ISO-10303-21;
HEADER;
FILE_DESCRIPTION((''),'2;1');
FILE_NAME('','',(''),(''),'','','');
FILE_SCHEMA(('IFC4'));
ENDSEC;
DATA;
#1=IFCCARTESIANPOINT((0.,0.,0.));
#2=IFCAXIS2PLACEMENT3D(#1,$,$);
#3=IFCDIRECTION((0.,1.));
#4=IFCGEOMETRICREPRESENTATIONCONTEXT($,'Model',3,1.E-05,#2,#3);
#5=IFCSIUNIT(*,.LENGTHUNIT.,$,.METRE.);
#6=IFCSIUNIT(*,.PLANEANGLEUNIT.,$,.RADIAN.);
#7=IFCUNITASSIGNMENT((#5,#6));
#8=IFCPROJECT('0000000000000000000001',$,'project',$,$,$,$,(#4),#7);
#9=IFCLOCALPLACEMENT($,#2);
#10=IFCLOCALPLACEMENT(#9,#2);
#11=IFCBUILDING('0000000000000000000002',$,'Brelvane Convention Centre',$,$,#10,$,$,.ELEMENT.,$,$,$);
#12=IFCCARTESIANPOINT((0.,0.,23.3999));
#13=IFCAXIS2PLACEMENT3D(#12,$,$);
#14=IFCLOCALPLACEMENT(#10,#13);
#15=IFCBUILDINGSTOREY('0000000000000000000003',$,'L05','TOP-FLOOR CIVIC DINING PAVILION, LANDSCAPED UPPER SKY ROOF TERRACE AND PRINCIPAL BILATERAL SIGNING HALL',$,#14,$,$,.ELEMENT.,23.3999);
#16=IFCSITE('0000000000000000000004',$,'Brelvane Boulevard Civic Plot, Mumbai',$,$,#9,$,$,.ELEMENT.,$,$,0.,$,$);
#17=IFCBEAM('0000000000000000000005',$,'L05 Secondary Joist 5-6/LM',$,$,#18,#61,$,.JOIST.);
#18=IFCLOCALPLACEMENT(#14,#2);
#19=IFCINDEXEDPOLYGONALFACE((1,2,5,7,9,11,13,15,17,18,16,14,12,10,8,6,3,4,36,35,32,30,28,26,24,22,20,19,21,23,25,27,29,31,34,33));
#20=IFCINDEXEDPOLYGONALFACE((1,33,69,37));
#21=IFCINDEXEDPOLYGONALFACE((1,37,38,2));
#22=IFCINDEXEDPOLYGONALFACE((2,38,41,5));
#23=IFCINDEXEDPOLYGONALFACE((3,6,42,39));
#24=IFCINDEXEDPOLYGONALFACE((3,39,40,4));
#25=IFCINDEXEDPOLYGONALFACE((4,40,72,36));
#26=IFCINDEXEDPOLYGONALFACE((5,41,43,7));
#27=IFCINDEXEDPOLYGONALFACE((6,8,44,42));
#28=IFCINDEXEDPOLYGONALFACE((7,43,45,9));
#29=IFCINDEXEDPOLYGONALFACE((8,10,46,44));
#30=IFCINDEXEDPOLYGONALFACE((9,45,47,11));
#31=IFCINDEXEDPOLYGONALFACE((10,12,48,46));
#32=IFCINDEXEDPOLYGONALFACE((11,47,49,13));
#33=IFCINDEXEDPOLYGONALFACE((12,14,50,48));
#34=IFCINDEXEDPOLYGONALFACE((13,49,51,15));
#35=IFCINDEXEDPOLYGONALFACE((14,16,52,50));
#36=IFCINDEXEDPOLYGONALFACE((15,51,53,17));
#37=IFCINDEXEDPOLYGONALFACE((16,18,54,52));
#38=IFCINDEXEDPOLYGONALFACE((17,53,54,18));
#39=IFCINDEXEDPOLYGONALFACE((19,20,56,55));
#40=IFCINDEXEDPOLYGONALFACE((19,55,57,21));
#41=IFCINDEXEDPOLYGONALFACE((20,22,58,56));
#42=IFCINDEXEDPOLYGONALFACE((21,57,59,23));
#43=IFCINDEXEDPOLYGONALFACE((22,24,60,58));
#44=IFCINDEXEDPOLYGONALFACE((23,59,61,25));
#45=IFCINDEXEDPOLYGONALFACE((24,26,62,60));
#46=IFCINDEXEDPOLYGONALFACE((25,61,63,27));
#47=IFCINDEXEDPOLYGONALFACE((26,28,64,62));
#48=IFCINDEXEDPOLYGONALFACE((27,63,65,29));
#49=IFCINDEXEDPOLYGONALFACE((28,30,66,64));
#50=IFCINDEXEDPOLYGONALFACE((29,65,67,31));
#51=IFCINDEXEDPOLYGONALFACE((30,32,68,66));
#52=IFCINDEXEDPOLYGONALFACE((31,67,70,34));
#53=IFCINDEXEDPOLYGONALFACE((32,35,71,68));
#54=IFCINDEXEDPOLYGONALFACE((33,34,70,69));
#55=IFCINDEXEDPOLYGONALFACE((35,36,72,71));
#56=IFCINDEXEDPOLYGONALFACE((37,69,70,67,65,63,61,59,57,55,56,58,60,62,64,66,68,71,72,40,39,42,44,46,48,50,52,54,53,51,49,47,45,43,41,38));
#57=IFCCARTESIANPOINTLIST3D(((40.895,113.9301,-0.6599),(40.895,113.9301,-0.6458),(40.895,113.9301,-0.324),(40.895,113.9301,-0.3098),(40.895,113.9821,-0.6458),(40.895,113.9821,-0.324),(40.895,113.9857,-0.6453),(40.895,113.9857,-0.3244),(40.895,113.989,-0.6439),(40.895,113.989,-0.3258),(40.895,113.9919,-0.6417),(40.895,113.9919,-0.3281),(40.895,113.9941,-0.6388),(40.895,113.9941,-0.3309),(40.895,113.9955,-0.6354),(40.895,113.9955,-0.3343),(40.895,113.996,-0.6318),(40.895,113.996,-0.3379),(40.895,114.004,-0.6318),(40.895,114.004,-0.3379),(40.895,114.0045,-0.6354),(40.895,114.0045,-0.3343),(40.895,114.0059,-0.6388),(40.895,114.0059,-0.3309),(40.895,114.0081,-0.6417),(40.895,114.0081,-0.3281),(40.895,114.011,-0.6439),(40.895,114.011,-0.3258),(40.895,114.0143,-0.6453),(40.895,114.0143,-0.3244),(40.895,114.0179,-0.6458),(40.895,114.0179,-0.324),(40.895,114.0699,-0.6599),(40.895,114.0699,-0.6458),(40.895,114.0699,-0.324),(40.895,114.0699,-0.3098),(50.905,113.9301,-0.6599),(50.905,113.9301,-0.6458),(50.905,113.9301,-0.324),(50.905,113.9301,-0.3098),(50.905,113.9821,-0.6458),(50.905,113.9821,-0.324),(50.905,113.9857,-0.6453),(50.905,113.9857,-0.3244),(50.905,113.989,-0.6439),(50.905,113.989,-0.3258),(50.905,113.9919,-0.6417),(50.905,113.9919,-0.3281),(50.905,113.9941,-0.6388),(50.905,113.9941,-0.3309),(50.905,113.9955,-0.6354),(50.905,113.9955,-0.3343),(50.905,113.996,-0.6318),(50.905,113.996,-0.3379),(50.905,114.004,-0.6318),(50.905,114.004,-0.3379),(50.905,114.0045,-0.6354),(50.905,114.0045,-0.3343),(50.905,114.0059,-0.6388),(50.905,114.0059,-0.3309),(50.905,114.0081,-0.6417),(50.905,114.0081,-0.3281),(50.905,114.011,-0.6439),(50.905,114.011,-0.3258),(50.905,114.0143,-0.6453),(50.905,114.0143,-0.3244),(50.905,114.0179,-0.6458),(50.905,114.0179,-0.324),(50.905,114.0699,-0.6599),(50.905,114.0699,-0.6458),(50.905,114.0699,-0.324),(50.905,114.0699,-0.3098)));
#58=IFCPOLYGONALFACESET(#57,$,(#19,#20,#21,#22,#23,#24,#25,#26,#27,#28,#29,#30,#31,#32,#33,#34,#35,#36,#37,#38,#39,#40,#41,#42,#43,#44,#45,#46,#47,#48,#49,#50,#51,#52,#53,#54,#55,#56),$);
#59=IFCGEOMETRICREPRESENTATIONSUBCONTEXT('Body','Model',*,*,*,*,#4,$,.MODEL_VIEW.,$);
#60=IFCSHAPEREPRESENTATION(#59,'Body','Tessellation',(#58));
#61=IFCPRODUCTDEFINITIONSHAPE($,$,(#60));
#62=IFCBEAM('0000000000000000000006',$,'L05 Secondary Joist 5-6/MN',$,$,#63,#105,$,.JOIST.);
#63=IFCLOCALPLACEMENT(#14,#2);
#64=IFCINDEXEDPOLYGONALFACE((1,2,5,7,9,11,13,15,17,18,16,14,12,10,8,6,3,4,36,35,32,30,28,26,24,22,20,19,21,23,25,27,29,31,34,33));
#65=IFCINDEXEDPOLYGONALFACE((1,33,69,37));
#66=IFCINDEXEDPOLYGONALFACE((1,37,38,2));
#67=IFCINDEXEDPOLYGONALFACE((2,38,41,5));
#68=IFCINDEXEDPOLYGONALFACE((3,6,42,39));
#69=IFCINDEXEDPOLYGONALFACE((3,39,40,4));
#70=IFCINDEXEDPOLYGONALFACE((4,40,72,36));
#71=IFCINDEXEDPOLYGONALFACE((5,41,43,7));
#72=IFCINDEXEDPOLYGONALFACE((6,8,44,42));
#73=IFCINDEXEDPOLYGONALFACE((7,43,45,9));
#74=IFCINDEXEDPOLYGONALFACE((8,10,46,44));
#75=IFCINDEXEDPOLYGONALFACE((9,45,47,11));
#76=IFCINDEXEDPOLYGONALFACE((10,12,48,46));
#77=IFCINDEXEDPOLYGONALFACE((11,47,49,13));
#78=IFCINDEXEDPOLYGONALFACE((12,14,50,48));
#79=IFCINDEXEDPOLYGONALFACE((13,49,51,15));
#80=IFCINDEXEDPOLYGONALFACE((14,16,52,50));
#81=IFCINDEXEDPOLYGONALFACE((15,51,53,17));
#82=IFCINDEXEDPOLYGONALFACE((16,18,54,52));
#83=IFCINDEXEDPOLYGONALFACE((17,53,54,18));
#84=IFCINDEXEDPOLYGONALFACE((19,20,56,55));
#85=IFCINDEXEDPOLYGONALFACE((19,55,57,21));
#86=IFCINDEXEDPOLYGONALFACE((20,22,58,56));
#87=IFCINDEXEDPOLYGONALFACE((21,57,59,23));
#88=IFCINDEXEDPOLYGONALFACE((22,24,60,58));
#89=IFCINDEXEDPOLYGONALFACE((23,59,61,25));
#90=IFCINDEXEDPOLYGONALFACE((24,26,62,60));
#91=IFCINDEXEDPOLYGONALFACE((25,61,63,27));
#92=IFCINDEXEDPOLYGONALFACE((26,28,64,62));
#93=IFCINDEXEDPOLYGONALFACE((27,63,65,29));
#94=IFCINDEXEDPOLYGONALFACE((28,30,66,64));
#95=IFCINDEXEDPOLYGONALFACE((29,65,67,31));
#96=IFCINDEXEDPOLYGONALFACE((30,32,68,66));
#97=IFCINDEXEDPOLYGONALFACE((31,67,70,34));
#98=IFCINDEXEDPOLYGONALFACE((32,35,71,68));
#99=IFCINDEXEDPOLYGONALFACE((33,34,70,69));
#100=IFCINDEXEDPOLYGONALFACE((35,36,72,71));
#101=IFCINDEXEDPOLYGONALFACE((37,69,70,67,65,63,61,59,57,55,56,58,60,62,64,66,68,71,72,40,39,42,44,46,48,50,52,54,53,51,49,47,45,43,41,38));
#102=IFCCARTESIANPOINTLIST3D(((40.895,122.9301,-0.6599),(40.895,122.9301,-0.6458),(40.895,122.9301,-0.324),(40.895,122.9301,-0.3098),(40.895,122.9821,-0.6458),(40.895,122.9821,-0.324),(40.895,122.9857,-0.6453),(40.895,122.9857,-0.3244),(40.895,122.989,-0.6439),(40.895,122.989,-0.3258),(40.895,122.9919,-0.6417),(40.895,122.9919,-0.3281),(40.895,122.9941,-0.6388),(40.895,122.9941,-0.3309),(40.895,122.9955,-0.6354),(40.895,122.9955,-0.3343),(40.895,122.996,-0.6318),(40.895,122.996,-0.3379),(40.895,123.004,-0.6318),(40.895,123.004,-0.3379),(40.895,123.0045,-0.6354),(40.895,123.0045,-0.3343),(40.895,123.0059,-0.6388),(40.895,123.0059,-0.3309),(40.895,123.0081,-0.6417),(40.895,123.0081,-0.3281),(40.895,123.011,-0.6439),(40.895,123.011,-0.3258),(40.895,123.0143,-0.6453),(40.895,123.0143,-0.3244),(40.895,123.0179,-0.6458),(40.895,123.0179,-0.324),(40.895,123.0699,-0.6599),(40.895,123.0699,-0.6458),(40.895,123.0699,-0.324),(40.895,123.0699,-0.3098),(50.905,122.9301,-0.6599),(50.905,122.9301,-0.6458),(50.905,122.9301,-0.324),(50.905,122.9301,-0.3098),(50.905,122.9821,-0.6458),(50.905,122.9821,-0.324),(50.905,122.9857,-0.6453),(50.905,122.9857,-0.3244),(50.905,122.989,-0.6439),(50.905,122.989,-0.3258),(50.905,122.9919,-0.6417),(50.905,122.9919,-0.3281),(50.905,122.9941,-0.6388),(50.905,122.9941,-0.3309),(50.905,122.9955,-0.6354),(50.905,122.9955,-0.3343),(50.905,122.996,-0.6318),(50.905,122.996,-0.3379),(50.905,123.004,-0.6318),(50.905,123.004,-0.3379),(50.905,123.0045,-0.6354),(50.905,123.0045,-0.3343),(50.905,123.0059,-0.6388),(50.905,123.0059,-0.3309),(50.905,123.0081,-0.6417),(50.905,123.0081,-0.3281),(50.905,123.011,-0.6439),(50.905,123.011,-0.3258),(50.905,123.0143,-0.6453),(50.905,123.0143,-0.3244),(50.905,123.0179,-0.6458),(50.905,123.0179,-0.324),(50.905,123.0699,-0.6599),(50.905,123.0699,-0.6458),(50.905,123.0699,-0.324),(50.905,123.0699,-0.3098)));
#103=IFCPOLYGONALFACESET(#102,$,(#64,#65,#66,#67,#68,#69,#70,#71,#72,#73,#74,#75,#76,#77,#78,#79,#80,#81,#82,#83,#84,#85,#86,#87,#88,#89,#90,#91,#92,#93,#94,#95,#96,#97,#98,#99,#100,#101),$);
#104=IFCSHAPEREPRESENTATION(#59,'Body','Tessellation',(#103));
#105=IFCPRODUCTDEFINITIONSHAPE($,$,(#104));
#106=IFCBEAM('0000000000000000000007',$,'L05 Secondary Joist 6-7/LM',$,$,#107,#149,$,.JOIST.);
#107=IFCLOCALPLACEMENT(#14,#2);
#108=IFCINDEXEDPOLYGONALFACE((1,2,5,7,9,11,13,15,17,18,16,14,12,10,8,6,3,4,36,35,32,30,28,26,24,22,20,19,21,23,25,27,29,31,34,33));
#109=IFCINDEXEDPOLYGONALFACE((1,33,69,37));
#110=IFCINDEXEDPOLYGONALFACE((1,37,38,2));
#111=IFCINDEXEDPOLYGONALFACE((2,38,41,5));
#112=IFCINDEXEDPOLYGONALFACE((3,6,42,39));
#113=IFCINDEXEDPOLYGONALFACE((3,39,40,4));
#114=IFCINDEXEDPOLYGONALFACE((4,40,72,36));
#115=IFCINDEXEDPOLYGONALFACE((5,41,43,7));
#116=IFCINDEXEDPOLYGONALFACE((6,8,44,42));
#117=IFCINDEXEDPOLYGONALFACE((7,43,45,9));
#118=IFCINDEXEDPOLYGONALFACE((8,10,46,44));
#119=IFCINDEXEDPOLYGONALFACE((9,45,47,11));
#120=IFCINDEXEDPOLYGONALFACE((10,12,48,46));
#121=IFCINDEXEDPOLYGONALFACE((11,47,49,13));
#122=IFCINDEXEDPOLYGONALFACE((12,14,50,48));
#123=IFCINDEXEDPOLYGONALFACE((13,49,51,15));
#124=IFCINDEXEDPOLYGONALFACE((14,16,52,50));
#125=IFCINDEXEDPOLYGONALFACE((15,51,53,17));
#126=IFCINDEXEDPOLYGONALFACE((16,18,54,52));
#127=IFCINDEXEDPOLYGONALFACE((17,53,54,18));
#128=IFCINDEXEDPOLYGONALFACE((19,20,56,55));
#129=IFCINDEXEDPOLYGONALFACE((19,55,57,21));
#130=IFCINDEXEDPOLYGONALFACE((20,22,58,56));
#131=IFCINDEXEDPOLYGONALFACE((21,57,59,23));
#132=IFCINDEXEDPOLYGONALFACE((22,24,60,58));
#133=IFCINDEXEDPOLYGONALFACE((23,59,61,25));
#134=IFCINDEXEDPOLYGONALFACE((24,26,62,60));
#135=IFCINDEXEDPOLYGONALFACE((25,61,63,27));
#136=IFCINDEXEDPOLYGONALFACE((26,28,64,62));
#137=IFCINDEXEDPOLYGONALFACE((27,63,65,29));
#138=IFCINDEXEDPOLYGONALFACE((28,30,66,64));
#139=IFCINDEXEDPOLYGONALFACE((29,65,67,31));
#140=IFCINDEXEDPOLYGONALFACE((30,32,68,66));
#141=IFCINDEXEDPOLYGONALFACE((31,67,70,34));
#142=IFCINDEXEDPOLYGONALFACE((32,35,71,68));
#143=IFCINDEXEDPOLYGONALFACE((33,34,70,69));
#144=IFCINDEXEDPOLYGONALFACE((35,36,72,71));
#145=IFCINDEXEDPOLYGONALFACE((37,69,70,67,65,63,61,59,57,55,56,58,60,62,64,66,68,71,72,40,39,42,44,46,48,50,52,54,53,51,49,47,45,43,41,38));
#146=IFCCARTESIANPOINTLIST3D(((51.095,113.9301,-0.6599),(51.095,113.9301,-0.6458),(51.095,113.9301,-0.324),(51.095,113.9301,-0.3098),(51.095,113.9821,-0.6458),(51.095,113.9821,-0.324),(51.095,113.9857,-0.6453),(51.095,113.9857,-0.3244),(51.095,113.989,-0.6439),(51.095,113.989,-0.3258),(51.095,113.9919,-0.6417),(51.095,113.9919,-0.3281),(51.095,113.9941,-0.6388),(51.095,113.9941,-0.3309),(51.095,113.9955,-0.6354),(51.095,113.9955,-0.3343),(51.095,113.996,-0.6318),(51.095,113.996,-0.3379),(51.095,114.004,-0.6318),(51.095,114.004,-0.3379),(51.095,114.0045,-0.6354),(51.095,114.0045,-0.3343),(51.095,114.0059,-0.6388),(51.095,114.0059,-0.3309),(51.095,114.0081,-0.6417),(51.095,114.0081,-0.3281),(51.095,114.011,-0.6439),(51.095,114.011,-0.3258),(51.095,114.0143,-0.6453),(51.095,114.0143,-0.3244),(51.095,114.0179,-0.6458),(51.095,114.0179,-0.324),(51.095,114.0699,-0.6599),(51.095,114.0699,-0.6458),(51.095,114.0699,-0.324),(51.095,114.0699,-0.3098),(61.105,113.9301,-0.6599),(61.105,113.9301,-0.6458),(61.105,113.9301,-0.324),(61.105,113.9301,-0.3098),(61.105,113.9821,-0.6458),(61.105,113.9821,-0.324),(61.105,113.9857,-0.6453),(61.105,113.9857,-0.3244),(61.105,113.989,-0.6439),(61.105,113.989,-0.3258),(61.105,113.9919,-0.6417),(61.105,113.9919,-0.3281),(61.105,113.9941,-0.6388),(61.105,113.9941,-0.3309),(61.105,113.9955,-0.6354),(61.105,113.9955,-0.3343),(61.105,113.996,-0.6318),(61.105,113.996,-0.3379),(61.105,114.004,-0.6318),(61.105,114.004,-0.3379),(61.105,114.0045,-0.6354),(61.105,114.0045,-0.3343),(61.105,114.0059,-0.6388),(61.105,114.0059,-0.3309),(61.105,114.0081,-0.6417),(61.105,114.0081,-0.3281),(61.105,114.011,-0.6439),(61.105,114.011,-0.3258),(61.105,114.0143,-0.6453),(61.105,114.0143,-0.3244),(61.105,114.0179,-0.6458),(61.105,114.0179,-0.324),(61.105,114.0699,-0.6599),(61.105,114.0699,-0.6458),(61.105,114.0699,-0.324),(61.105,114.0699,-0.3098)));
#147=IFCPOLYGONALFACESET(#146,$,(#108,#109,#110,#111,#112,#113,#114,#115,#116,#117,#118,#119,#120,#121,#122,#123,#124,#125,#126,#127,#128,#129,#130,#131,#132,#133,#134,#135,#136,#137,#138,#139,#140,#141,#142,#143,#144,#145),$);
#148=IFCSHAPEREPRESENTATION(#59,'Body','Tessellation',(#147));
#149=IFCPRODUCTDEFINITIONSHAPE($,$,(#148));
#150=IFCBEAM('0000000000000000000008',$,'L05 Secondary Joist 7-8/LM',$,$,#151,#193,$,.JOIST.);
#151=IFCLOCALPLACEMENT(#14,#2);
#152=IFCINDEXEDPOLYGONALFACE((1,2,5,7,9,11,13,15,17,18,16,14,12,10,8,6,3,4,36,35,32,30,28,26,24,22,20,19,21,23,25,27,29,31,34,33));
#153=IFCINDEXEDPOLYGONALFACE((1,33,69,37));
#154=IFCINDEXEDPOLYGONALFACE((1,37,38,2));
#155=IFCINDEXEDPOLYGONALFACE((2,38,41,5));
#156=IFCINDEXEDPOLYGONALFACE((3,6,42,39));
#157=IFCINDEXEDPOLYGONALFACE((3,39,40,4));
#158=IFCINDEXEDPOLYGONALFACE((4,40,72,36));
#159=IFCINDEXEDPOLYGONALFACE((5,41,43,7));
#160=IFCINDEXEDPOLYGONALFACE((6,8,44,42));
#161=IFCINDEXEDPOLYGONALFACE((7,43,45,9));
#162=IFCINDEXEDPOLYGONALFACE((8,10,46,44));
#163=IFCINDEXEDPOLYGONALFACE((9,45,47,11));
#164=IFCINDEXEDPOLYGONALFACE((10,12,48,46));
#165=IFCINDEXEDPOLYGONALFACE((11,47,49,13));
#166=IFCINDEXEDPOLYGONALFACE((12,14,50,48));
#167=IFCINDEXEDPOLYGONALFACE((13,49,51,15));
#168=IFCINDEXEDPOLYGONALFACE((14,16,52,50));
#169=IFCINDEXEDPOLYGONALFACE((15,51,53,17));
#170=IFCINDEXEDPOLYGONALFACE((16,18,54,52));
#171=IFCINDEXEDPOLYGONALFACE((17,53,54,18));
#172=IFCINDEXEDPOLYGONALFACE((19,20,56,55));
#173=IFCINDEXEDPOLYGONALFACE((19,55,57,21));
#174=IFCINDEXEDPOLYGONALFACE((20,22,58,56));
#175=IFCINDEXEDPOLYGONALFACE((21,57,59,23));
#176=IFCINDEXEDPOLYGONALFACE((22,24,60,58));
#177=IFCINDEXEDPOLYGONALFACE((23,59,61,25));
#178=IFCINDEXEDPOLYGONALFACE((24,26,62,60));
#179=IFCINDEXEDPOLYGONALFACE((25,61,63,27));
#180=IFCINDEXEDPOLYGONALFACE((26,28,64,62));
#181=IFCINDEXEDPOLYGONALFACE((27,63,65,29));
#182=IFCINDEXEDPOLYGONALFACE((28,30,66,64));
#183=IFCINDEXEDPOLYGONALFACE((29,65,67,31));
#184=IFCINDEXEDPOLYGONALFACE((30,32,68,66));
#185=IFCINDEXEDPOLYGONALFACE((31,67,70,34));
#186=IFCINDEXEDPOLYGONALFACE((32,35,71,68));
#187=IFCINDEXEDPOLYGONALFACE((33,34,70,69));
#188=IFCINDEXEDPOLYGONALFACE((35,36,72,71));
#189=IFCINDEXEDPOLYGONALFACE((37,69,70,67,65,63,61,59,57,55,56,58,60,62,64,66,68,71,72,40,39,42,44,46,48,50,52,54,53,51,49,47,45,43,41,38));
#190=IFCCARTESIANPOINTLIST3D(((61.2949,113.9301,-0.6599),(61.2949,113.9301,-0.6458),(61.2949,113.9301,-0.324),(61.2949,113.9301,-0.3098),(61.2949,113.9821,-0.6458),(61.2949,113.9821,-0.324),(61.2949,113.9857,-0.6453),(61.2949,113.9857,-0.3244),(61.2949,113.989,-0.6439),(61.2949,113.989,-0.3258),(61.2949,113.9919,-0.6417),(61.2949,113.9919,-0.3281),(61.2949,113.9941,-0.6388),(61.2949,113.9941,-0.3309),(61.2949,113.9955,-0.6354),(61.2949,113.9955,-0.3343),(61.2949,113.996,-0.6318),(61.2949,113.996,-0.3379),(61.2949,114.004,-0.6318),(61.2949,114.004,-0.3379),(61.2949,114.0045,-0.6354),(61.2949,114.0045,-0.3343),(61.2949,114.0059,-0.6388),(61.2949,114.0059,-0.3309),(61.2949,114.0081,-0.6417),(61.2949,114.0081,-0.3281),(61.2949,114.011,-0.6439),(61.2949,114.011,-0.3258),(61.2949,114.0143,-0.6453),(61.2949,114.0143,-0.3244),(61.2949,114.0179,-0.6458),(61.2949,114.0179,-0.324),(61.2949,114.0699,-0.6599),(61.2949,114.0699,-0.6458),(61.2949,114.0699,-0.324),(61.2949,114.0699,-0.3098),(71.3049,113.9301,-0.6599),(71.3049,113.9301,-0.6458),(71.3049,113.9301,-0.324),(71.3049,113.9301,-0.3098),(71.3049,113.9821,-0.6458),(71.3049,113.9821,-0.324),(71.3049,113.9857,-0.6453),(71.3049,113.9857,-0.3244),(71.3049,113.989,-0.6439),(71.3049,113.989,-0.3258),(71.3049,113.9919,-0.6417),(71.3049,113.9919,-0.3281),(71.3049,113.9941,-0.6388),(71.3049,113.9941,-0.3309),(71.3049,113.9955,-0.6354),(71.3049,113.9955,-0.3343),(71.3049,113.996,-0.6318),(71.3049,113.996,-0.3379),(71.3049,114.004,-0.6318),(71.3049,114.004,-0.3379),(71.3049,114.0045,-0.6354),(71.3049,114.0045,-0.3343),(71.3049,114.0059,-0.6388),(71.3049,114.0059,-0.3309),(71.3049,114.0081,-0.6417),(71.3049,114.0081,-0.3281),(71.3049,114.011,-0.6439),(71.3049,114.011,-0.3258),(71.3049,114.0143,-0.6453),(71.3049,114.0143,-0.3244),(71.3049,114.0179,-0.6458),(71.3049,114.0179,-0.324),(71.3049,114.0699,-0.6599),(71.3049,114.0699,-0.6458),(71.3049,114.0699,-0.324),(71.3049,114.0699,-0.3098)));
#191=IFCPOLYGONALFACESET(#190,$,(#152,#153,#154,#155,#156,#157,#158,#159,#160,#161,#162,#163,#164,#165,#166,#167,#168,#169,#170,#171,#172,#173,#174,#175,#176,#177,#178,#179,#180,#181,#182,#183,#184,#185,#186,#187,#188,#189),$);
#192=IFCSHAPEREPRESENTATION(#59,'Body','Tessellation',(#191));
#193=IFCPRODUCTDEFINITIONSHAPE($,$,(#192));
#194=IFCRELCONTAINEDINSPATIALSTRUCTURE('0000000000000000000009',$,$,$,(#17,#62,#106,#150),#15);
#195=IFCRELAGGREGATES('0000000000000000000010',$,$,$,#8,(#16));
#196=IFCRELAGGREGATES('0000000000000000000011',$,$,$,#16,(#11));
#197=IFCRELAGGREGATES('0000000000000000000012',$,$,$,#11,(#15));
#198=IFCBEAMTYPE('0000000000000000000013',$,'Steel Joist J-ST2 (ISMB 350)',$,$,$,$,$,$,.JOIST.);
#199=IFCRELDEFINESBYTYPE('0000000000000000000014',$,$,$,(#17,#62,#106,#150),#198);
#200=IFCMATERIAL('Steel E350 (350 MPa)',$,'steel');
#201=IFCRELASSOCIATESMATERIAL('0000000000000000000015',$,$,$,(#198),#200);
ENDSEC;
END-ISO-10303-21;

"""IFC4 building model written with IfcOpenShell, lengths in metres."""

from ifc_helpers import new_model, si_unit, direction, frame, origin, origin_2d, place, context, subcontext, project, spatial, i_section, extrude, material, material_profile, profile_set, type_object, element, save


model = new_model("IFC4")

# Units and contexts
model_context = context("Model", 3, precision=1e-05, world=origin(), true_north=direction((0.0, 1.0)))
body_context = subcontext(model_context, "Body", "Model", "MODEL_VIEW")
ifc_project = project(units=[si_unit("LENGTHUNIT", "METRE"), si_unit("PLANEANGLEUNIT", "RADIAN")], contexts=[model_context])

# Site, building, storey
site_placement = place(None, origin())
site = spatial("IfcSite", under=ifc_project, at=site_placement, Name="Brelvane Boulevard Civic Plot, Mumbai", CompositionType="ELEMENT", RefElevation=0.0)
building_placement = place(site_placement, origin())
building = spatial("IfcBuilding", under=site, at=building_placement, Name="Brelvane Convention Centre", CompositionType="ELEMENT")
storey_placement = place(building_placement, frame((0.0, 0.0, 23.3999)))
storey = spatial("IfcBuildingStorey", under=building, at=storey_placement, Name="L05", Description="TOP-FLOOR CIVIC DINING PAVILION, LANDSCAPED UPPER SKY ROOF TERRACE AND PRINCIPAL BILATERAL SIGNING HALL", CompositionType="ELEMENT", Elevation=23.3999)

# Beams
ifc_material_1 = material(Name="Steel E350 (350 MPa)", Category="steel")
ifc_material_profile_1 = material_profile(ifc_material_1, i_section(OverallWidth=0.1399, OverallDepth=0.3501, WebThickness=0.0081, FlangeThickness=0.0142, FilletRadius=0.0139, at=origin_2d()), Name="ISMB 350")
ifc_profile_set_1 = profile_set([ifc_material_profile_1], Name="Steel E350 (350 MPa)")
beam_type_1 = type_object("IfcBeamType", Name="Steel Joist J-ST2 (ISMB 350)", PredefinedType="JOIST", material=ifc_profile_set_1)
for number, where, z_axis, x_axis, name in (
    (1, (40.895, 114.0, -0.4849), (1.0, 0.0, 0.0), (0.0, 1.0, 0.0), "L05 Secondary Joist 5-6/LM"),
    (2, (40.895, 123.0, -0.4849), (1.0, 0.0, 0.0), (0.0, 1.0, 0.0), "L05 Secondary Joist 5-6/MN"),
    (3, (51.095, 114.0, -0.4849), (1.0, 0.0, 0.0), (0.0, 1.0, 0.0), "L05 Secondary Joist 6-7/LM"),
    (4, (61.2949, 114.0, -0.4849), (1.0, 0.0, 0.0), (0.0, 1.0, 0.0), "L05 Secondary Joist 7-8/LM"),
):
    element("IfcBeam", number, at=place(storey_placement, frame(where, z_axis=z_axis, x_axis=x_axis)), inside=storey, type_object=beam_type_1, Name=name, PredefinedType="JOIST", context=body_context, shape_type="SweptSolid", body=[
        extrude(i_section(OverallWidth=0.1399, OverallDepth=0.3501, WebThickness=0.0081, FlangeThickness=0.0142, FilletRadius=0.0139, at=origin_2d()), origin(), (0.0, 0.0, 1.0), 10.01),
    ])

save(model, "model.ifc")
